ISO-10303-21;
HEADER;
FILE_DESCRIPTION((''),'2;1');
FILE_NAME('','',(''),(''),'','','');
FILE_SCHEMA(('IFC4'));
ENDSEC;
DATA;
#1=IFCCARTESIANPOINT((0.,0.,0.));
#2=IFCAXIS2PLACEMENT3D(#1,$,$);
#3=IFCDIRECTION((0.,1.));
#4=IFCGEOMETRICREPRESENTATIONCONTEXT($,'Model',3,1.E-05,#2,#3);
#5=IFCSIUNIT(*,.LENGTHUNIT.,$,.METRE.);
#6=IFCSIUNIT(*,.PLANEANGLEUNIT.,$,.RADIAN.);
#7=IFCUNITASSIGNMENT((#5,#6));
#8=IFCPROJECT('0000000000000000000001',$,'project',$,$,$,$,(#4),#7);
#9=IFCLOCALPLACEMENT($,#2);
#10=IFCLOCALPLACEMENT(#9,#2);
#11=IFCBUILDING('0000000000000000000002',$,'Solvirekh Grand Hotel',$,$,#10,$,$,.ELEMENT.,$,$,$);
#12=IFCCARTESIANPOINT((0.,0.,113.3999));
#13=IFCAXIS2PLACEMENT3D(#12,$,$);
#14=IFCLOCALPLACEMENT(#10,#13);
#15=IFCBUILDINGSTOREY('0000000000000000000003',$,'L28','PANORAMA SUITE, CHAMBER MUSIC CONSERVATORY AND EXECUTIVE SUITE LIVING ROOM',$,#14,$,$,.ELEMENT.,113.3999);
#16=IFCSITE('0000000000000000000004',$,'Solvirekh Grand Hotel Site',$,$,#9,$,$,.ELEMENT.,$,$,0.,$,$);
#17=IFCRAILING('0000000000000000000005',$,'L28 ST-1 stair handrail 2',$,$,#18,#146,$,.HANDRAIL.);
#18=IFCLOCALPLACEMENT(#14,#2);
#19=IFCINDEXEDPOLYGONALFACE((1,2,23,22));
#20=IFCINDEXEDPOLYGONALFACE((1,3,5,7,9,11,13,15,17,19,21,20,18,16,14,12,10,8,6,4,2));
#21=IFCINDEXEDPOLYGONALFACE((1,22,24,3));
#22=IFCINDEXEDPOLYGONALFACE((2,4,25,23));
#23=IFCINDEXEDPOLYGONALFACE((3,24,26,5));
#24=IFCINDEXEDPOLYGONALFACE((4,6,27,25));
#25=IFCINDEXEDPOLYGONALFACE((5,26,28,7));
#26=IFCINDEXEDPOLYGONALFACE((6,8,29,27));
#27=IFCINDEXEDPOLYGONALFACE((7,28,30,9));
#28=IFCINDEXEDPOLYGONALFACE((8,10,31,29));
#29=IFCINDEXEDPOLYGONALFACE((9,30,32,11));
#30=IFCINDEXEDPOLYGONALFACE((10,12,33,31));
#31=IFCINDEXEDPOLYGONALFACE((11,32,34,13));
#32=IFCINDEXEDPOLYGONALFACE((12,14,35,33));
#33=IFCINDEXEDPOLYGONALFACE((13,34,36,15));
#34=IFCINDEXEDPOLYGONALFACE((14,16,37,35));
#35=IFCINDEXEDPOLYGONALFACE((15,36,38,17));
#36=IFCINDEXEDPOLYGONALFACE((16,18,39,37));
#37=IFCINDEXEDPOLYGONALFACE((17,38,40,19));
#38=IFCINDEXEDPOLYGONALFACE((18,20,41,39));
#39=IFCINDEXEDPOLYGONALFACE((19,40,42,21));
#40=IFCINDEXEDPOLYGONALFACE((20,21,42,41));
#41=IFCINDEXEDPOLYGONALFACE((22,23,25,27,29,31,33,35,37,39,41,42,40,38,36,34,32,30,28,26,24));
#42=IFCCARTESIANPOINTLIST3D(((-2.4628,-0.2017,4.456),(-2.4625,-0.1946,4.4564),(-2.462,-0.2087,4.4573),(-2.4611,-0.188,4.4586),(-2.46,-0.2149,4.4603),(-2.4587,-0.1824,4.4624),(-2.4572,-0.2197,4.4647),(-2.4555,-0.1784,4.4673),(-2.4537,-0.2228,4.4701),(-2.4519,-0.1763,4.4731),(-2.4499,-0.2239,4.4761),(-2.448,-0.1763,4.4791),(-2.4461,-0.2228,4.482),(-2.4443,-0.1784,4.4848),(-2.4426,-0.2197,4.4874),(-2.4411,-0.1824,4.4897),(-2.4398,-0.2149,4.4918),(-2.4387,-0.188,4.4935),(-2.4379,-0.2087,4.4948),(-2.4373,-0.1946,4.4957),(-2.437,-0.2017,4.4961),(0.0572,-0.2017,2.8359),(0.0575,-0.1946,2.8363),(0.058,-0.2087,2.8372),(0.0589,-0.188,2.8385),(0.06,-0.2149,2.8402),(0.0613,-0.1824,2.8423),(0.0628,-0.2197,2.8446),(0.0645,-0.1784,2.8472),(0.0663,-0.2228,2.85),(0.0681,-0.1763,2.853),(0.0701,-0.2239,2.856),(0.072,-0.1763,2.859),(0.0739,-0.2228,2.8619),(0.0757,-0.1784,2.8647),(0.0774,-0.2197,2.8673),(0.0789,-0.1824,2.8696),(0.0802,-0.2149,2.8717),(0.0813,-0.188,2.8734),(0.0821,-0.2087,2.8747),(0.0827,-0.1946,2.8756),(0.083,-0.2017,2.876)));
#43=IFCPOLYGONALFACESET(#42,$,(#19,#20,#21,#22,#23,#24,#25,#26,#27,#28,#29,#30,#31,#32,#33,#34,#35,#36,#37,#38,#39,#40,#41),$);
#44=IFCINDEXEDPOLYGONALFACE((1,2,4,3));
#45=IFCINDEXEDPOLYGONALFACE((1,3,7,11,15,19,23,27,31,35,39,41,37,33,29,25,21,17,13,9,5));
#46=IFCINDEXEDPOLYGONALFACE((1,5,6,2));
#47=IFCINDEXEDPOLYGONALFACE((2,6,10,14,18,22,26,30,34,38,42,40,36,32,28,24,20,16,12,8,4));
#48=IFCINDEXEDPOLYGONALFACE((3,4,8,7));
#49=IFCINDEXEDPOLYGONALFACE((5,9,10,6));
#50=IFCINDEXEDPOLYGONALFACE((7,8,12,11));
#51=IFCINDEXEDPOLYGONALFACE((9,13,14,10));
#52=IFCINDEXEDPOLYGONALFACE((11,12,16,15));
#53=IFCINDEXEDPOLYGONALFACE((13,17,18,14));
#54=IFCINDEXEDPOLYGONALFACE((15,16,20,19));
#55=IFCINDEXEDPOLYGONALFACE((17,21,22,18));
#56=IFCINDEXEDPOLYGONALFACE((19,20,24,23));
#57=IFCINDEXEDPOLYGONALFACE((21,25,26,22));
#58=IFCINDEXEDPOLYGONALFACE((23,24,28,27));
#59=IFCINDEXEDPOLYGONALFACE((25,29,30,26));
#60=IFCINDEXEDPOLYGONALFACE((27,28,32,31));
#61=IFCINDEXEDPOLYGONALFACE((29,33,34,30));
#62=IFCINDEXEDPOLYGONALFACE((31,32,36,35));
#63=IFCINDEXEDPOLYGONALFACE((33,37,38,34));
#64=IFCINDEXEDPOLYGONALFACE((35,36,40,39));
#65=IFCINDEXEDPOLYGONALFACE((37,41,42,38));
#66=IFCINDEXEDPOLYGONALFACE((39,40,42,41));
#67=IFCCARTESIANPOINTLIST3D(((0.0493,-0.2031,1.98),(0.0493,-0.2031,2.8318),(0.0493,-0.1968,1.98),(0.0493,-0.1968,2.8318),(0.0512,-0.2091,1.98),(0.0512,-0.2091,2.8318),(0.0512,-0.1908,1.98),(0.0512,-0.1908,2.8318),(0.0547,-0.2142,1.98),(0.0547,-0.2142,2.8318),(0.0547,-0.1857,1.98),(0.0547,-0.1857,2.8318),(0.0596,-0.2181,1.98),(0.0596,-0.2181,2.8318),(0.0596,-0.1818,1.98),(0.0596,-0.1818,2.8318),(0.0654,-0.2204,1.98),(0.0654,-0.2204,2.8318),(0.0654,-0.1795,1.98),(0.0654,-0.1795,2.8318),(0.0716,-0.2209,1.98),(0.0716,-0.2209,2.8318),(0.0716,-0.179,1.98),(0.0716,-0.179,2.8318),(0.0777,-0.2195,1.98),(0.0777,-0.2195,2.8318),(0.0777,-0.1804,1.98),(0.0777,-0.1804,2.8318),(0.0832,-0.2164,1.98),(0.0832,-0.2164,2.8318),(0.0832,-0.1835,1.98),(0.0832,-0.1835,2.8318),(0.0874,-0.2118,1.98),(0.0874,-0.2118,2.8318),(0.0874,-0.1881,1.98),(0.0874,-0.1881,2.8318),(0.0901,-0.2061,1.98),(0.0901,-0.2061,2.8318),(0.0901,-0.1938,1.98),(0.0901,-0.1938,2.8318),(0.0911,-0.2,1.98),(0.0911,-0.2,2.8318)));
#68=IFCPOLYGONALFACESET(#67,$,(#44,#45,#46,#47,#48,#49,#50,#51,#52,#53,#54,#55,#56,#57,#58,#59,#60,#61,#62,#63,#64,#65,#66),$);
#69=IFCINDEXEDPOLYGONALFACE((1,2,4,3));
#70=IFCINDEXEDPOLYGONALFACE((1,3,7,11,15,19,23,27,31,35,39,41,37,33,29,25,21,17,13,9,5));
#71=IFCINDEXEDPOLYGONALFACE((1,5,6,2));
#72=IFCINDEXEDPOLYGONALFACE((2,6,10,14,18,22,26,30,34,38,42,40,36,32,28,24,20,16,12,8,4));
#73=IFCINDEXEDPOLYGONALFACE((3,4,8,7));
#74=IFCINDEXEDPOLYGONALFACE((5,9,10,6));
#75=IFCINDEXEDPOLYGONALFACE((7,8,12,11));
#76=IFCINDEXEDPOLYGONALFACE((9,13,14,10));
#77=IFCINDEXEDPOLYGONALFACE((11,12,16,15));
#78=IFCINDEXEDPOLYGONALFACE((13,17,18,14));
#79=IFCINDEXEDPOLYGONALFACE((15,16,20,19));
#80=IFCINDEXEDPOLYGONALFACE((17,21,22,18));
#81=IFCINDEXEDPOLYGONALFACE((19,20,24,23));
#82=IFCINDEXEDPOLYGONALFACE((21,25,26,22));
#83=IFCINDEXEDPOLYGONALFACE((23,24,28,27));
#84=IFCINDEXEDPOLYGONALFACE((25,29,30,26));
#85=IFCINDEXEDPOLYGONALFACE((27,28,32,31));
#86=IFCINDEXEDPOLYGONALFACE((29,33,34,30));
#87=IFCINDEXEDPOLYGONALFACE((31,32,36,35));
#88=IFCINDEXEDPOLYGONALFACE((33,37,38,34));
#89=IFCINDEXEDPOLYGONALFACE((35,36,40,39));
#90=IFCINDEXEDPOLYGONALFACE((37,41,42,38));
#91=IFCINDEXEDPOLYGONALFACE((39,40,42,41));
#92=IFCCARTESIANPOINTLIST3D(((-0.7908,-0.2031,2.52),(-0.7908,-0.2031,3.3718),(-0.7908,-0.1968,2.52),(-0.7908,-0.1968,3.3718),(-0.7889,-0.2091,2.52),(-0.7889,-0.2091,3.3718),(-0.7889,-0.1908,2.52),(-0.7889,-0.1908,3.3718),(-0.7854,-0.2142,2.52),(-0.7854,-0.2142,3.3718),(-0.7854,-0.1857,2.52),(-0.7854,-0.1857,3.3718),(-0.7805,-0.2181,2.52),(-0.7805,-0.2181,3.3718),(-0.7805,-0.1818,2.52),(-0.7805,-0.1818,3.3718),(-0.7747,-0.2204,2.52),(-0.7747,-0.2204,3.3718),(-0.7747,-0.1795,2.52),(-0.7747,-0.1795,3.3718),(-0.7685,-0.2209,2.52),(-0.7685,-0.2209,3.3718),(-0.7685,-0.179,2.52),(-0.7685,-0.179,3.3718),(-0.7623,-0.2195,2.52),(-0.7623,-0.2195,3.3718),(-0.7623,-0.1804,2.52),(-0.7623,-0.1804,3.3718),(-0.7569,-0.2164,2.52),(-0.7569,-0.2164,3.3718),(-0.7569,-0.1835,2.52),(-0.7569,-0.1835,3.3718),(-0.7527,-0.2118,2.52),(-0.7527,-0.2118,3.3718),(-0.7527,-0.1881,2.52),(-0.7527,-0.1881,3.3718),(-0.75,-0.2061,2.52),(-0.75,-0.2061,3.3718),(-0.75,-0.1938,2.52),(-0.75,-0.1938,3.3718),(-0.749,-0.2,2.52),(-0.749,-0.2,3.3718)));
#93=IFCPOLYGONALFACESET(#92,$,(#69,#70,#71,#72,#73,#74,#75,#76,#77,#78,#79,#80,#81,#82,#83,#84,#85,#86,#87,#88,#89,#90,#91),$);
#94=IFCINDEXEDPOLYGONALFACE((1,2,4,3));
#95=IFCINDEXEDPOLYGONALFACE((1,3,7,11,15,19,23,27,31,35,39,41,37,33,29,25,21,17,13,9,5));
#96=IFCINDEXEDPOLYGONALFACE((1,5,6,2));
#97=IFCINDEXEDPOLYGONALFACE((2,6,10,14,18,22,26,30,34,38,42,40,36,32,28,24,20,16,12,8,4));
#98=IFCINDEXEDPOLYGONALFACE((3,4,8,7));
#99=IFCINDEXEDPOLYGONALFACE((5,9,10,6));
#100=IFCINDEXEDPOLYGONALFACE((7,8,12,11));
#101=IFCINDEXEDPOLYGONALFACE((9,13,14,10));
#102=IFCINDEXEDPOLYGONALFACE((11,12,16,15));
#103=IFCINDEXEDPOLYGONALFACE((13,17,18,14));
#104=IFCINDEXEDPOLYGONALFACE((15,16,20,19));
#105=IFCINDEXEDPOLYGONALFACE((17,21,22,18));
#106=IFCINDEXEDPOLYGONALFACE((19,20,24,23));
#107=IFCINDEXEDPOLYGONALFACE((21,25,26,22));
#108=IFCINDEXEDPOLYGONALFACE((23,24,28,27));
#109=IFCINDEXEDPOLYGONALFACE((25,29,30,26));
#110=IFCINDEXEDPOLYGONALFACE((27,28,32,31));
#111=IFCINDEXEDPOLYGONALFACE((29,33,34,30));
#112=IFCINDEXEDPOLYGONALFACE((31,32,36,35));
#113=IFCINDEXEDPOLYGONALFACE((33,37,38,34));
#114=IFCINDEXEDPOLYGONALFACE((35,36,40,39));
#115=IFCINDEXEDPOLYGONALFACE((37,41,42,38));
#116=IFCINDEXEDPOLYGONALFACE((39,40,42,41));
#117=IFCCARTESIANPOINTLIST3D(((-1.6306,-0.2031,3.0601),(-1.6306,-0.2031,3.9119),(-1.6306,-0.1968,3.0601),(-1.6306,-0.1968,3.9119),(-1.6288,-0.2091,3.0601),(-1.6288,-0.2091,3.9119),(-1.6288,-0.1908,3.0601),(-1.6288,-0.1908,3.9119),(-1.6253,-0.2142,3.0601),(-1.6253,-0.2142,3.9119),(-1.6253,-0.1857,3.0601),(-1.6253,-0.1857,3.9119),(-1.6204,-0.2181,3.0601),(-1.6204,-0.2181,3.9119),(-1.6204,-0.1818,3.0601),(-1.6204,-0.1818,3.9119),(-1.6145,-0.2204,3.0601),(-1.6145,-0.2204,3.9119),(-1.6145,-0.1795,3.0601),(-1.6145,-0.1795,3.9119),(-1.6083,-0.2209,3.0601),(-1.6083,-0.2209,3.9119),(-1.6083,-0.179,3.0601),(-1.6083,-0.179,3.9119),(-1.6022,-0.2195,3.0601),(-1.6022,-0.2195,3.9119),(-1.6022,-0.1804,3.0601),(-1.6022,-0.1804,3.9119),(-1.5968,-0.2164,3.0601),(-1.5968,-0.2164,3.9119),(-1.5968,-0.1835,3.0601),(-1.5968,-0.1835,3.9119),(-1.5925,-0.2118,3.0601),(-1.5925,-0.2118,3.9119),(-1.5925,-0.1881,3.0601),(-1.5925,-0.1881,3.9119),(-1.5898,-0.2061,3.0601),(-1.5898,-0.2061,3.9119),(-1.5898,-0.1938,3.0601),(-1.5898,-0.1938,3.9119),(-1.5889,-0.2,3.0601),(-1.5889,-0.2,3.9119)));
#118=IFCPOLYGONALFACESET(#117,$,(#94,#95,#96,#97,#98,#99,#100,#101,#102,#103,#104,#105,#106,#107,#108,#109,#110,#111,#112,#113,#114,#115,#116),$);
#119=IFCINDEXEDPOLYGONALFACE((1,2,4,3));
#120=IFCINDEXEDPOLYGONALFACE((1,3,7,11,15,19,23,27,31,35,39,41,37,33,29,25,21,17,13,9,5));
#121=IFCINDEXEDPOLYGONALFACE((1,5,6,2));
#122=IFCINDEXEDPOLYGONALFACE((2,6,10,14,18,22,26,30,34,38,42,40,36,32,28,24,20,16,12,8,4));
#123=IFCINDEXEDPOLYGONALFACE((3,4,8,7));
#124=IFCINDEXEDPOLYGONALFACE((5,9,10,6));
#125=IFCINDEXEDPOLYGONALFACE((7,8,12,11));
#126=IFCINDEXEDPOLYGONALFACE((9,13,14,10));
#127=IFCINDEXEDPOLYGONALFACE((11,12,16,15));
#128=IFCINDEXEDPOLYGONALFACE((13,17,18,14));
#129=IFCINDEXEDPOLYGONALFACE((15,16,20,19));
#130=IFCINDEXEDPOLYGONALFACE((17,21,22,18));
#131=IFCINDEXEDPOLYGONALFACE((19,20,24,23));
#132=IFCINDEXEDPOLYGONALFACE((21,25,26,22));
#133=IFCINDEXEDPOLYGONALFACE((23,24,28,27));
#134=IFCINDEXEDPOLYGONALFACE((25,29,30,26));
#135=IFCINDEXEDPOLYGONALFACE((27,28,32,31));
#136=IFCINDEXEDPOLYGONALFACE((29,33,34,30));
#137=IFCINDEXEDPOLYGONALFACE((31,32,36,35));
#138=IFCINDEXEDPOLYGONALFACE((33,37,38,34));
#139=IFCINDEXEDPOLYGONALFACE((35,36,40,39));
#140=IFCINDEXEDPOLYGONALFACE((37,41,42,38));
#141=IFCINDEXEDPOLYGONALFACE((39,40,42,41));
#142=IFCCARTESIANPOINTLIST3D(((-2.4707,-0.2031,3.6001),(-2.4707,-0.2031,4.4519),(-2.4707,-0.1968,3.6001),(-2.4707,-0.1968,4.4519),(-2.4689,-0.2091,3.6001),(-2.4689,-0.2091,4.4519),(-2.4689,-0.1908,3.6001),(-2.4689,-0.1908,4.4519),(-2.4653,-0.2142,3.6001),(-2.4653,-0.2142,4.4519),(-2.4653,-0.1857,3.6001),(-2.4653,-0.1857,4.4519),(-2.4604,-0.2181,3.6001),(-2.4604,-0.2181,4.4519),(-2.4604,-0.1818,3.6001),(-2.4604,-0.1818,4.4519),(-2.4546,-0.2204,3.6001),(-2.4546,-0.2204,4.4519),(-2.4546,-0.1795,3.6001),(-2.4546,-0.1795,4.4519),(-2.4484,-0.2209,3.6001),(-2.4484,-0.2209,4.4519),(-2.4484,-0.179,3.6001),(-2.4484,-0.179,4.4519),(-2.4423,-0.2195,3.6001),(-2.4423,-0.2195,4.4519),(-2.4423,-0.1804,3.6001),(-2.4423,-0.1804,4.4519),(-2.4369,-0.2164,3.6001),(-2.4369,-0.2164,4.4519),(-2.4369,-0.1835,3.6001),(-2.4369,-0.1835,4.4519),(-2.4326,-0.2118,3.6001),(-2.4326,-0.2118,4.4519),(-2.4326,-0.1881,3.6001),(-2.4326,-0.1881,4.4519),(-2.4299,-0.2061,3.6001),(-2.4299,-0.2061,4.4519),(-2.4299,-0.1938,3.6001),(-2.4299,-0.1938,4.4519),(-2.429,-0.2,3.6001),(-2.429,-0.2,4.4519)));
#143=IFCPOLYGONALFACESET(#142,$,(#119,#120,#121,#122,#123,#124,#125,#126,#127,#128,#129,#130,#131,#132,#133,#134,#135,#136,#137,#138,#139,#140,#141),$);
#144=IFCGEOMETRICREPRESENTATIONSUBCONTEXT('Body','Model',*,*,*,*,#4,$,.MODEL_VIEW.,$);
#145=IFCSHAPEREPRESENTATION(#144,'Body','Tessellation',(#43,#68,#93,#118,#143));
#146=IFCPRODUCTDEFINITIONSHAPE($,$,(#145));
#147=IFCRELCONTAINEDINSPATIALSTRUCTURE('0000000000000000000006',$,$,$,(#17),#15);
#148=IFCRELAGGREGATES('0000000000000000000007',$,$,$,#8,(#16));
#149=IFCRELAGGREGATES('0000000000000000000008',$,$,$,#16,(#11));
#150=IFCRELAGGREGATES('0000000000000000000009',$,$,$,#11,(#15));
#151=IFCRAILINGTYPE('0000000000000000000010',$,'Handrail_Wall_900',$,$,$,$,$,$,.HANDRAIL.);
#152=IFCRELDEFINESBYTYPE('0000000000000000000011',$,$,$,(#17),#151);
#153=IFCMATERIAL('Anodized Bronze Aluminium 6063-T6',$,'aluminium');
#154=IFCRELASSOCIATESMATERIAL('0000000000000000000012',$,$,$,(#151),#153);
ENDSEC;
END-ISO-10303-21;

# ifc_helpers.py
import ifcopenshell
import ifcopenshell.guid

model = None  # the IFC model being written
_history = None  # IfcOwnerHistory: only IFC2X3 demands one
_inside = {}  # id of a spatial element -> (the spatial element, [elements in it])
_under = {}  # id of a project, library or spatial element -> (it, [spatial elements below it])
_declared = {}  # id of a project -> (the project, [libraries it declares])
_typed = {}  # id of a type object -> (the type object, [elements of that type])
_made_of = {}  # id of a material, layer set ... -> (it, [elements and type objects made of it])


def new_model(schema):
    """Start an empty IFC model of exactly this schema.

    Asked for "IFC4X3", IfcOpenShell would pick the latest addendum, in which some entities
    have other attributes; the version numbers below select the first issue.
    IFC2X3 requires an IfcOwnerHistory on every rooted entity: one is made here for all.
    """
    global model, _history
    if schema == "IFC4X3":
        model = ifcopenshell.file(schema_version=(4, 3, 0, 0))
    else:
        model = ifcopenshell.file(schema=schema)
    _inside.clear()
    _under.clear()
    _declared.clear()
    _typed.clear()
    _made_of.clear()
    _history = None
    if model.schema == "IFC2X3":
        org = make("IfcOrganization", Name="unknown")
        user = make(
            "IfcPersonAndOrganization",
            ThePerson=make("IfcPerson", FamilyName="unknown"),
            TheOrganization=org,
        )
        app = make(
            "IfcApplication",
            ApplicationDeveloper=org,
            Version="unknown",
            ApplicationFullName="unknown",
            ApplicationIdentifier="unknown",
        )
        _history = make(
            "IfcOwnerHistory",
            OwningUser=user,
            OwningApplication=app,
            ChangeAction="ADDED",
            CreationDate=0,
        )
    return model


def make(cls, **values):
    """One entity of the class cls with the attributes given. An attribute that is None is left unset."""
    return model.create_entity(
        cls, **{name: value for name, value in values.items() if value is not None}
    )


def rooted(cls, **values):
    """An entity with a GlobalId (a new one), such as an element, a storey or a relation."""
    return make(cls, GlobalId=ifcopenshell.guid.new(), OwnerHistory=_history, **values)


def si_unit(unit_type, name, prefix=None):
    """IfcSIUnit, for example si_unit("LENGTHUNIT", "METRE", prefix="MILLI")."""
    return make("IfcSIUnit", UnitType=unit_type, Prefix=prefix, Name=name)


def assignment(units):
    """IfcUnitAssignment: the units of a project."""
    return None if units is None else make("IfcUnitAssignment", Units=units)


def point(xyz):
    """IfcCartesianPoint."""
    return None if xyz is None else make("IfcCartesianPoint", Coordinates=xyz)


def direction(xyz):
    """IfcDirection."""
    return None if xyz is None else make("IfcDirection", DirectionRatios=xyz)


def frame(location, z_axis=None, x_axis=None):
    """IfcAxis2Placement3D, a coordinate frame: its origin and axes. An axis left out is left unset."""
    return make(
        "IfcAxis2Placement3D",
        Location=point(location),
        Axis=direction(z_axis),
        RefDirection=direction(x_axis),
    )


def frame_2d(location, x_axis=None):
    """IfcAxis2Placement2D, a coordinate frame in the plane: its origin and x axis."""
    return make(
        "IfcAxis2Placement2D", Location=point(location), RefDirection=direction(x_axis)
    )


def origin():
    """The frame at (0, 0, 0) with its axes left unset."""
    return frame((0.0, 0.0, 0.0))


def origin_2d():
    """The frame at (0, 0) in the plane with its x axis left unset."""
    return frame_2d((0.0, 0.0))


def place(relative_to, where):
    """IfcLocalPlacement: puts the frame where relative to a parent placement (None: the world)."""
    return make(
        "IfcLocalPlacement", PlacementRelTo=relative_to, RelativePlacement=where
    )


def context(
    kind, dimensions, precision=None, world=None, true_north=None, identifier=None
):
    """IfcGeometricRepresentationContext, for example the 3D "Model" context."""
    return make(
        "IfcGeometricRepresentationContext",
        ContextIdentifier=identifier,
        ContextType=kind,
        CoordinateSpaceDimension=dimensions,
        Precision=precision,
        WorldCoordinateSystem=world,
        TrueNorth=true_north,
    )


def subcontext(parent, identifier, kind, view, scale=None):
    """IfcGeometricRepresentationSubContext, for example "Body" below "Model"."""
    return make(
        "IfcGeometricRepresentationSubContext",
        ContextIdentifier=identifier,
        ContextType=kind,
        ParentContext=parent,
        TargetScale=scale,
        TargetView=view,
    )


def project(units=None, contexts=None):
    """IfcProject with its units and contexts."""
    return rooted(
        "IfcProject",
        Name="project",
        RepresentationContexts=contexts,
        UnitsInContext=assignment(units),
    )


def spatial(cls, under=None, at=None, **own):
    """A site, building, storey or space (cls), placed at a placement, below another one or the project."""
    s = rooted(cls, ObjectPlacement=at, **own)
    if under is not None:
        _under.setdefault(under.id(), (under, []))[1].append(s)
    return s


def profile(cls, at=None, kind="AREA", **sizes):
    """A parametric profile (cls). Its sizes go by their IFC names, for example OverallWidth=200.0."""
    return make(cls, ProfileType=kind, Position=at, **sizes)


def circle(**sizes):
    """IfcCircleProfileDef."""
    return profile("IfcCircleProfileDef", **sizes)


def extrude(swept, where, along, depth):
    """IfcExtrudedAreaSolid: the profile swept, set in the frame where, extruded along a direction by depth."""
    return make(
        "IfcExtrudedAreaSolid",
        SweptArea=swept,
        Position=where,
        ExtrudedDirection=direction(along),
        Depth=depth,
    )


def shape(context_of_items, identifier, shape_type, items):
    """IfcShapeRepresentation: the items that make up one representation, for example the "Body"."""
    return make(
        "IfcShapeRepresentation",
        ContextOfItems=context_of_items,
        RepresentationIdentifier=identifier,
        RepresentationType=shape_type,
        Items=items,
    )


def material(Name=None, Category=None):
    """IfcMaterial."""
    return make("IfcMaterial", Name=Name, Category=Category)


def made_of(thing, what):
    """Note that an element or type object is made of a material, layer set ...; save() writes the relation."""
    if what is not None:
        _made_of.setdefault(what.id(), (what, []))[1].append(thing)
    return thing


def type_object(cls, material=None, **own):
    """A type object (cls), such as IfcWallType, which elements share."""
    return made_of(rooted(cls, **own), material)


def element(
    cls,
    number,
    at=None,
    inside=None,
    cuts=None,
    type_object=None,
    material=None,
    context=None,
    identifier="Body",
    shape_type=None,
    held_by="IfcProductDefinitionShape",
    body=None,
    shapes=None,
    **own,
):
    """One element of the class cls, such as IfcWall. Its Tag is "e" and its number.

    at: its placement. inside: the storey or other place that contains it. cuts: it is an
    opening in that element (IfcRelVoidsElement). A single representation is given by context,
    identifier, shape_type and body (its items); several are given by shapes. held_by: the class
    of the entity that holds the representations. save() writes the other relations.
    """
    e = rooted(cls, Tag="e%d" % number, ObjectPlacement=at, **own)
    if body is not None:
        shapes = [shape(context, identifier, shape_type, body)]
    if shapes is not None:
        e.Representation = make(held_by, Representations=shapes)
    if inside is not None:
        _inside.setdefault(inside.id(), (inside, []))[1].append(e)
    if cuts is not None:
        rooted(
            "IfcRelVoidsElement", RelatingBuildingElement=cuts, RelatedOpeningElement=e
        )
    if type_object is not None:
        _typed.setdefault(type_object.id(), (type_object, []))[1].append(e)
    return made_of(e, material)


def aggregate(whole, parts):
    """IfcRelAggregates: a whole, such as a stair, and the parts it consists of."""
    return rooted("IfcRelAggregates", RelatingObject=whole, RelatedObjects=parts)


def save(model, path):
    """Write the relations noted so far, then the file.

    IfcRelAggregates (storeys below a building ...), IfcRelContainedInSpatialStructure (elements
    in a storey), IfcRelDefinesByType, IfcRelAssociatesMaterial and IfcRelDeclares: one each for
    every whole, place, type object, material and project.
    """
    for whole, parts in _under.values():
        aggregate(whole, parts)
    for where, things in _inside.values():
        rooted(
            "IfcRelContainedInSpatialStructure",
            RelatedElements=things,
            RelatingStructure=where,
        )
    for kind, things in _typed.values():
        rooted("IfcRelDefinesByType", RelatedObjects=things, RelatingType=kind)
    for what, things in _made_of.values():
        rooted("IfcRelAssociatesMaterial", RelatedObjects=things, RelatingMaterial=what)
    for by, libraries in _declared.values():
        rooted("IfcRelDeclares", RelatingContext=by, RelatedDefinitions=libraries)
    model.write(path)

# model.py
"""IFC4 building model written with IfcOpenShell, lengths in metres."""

from ifc_helpers import new_model, si_unit, direction, frame, origin, origin_2d, place, context, subcontext, project, spatial, circle, extrude, material, type_object, element, save


model = new_model("IFC4")

# Units and contexts
model_context = context("Model", 3, precision=1e-05, world=origin(), true_north=direction((0.0, 1.0)))
body_context = subcontext(model_context, "Body", "Model", "MODEL_VIEW")
ifc_project = project(units=[si_unit("LENGTHUNIT", "METRE"), si_unit("PLANEANGLEUNIT", "RADIAN")], contexts=[model_context])

# Site, building, storey
site_placement = place(None, origin())
site = spatial("IfcSite", under=ifc_project, at=site_placement, Name="Solvirekh Grand Hotel Site", CompositionType="ELEMENT", RefElevation=0.0)
building_placement = place(site_placement, origin())
building = spatial("IfcBuilding", under=site, at=building_placement, Name="Solvirekh Grand Hotel", CompositionType="ELEMENT")
storey_placement = place(building_placement, frame((0.0, 0.0, 113.3999)))
storey = spatial("IfcBuildingStorey", under=building, at=storey_placement, Name="L28", Description="PANORAMA SUITE, CHAMBER MUSIC CONSERVATORY AND EXECUTIVE SUITE LIVING ROOM", CompositionType="ELEMENT", Elevation=113.3999)

# Railing
ifc_material_1 = material(Name="Anodized Bronze Aluminium 6063-T6", Category="aluminium")
railing_type_1 = type_object("IfcRailingType", Name="Handrail_Wall_900", PredefinedType="HANDRAIL", material=ifc_material_1)
railing_1_placement = place(storey_placement, frame((0.0701, -0.2, 1.98)))
element("IfcRailing", 1, at=railing_1_placement, inside=storey, type_object=railing_type_1, Name="L28 ST-1 stair handrail 2", PredefinedType="HANDRAIL", context=body_context, shape_type="SweptSolid", body=[
    extrude(circle(Radius=0.0239, at=origin_2d()), frame((0.0, 0.0, 0.876), z_axis=(-0.841163, 0.0, 0.540782), x_axis=(0.0, -1.0, 0.0)), (0.0, 0.0, 1.0), 2.9958),
    extrude(circle(Radius=0.021, at=origin_2d()), origin(), (0.0, 0.0, 1.0), 0.8518),
    extrude(circle(Radius=0.021, at=origin_2d()), frame((-0.8401, 0.0, 0.54)), (0.0, 0.0, 1.0), 0.8518),
    extrude(circle(Radius=0.021, at=origin_2d()), frame((-1.6799, 0.0, 1.0801)), (0.0, 0.0, 1.0), 0.8518),
    extrude(circle(Radius=0.021, at=origin_2d()), frame((-2.52, 0.0, 1.6201)), (0.0, 0.0, 1.0), 0.8518),
])

save(model, "model.ifc")
